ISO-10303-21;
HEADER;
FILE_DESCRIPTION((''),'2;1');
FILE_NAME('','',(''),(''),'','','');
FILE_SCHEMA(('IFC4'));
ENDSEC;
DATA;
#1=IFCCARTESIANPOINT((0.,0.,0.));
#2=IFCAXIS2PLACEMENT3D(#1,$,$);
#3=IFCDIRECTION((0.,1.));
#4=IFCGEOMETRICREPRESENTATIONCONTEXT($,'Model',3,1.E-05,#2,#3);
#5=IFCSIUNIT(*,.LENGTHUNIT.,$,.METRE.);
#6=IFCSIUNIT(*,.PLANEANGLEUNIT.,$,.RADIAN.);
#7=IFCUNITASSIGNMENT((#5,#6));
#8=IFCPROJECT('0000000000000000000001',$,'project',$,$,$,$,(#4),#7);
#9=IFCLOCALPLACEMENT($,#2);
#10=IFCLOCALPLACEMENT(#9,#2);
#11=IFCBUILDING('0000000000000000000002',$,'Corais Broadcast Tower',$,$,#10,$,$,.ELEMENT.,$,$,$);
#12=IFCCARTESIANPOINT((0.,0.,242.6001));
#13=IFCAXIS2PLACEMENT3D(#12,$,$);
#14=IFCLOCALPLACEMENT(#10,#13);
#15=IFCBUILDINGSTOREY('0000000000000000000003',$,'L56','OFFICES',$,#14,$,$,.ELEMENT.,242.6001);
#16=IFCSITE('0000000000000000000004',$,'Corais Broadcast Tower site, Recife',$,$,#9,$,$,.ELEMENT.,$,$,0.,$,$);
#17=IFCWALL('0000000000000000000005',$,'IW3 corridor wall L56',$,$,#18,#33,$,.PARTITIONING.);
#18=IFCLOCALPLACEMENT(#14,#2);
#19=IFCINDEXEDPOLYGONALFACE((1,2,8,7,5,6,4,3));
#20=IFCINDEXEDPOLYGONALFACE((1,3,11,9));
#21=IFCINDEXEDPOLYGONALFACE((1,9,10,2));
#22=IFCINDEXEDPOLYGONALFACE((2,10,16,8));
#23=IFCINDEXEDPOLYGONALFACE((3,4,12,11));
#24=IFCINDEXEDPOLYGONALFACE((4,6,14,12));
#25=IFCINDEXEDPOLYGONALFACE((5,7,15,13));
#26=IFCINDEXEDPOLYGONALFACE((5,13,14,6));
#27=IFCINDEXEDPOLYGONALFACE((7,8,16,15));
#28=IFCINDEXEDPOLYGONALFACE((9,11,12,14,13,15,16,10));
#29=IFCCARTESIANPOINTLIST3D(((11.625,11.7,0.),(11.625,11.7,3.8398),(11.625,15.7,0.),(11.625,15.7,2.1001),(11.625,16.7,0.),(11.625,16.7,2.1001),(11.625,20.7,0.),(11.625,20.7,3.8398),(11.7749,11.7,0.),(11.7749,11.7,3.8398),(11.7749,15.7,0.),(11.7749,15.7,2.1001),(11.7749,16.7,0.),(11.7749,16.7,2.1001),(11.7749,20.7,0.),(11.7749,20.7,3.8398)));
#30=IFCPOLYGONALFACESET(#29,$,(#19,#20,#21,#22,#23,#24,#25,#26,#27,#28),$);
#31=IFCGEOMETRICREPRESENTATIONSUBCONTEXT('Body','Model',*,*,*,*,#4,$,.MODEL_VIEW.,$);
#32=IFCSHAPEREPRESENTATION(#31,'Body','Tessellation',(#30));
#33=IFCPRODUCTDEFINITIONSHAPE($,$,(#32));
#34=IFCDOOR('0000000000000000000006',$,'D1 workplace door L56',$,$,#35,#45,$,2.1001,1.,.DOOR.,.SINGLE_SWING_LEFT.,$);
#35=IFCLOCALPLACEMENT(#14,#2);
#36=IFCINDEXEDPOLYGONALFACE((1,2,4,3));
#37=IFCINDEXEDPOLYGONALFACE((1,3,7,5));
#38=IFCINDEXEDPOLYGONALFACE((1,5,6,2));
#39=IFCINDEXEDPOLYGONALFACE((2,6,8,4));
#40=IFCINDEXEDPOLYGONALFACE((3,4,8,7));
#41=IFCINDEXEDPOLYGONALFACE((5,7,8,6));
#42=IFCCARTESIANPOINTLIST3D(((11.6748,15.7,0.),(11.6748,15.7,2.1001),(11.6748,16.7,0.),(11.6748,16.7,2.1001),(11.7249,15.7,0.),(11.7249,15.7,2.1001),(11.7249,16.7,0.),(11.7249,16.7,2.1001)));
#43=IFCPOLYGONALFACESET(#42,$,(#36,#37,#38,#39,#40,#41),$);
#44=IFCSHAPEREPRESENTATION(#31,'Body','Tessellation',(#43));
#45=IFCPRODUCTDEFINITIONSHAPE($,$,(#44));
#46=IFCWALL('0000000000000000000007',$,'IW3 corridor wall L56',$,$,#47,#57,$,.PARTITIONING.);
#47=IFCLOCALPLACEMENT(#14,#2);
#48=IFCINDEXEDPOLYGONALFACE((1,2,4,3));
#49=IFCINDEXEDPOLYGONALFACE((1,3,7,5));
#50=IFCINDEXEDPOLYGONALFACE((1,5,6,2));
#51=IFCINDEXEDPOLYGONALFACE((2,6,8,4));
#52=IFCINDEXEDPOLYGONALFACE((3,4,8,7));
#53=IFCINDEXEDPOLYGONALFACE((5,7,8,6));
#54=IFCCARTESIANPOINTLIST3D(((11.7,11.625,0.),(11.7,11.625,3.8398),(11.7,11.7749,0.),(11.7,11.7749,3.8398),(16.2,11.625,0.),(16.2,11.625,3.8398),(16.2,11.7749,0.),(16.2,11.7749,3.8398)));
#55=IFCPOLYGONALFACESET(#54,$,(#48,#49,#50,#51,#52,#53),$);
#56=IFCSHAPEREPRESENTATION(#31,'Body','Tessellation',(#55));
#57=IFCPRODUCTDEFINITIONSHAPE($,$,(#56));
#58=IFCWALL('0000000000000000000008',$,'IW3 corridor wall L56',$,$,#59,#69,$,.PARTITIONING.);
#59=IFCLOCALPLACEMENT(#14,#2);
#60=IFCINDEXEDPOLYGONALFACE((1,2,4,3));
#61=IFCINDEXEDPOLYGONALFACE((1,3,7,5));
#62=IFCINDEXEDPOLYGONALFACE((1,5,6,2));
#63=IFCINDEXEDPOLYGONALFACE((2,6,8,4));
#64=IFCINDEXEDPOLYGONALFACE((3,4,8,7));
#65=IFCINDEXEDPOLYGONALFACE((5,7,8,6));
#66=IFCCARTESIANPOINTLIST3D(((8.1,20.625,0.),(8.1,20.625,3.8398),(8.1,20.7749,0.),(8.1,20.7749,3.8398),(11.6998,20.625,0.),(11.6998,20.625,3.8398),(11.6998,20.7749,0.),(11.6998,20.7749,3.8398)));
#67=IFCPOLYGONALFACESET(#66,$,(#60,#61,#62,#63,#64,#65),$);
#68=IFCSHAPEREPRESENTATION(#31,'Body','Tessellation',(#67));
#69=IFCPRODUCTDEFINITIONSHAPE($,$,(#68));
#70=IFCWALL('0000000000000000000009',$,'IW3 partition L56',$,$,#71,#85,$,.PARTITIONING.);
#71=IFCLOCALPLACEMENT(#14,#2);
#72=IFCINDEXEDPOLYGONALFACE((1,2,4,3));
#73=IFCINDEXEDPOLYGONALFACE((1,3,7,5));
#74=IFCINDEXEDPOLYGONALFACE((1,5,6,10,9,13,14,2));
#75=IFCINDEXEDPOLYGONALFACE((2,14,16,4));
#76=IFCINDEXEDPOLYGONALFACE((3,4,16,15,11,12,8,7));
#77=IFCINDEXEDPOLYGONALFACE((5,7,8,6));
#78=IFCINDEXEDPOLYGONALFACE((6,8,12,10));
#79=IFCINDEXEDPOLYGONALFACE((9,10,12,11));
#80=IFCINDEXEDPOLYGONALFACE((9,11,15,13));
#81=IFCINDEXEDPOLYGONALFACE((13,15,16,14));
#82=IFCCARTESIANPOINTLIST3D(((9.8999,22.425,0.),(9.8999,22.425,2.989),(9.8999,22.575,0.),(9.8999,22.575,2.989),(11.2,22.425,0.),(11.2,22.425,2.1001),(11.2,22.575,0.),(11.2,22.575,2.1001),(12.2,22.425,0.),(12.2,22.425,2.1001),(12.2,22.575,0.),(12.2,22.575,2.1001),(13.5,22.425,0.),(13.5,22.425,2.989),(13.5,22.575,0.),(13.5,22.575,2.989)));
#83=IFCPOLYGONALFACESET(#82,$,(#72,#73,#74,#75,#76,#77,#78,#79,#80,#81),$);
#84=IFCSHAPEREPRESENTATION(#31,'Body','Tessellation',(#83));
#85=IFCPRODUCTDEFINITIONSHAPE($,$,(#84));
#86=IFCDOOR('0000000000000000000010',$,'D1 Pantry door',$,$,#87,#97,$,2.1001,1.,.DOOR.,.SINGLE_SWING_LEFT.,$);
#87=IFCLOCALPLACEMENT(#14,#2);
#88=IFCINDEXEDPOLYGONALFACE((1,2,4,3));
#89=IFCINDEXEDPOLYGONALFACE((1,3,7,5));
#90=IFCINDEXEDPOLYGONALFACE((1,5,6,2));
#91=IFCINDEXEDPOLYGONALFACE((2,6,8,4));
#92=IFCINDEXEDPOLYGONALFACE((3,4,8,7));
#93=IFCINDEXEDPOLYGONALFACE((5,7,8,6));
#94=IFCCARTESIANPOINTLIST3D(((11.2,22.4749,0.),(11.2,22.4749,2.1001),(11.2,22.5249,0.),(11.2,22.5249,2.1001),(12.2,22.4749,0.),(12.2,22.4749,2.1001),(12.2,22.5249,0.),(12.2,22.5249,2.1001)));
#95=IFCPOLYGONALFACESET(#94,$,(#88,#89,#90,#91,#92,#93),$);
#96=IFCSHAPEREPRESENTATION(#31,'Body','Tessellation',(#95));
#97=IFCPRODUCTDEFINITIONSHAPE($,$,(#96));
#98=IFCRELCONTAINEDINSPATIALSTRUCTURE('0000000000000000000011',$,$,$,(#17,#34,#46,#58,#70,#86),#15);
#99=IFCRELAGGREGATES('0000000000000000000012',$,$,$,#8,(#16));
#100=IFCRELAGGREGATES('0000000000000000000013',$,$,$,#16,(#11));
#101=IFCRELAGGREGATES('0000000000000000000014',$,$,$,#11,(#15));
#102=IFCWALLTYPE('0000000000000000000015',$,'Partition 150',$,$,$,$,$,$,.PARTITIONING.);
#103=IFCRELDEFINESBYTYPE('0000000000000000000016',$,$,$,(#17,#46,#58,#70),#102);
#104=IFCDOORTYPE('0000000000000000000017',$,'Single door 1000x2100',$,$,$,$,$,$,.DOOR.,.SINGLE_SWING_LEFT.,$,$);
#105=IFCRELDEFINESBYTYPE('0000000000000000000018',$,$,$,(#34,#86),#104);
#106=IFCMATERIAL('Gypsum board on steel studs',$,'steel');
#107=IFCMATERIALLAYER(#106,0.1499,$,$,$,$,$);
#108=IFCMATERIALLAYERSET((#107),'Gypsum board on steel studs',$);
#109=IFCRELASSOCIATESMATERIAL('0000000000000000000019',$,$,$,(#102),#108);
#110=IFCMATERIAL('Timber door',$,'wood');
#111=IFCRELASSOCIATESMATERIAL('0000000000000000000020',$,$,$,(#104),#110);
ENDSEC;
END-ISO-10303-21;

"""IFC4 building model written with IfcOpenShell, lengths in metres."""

from ifc_helpers import new_model, si_unit, direction, frame, frame_2d, origin, place, context, subcontext, project, spatial, rectangle, extrude, material, layer, layer_set, type_object, element, fill, save


model = new_model("IFC4")

# Units and contexts
model_context = context("Model", 3, precision=1e-05, world=origin(), true_north=direction((0.0, 1.0)))
body_context = subcontext(model_context, "Body", "Model", "MODEL_VIEW")
ifc_project = project(units=[si_unit("LENGTHUNIT", "METRE"), si_unit("PLANEANGLEUNIT", "RADIAN")], contexts=[model_context])

# Site, building, storey
site_placement = place(None, origin())
site = spatial("IfcSite", under=ifc_project, at=site_placement, Name="Corais Broadcast Tower site, Recife", CompositionType="ELEMENT", RefElevation=0.0)
building_placement = place(site_placement, origin())
building = spatial("IfcBuilding", under=site, at=building_placement, Name="Corais Broadcast Tower", CompositionType="ELEMENT")
storey_placement = place(building_placement, frame((0.0, 0.0, 242.6001)))
storey = spatial("IfcBuildingStorey", under=building, at=storey_placement, Name="L56", Description="OFFICES", CompositionType="ELEMENT", Elevation=242.6001)

# Wall, opening, door
ifc_material_1 = material(Name="Gypsum board on steel studs", Category="steel")
ifc_layer_1 = layer(ifc_material_1, 0.1499)
ifc_layer_set_1 = layer_set([ifc_layer_1], Name="Gypsum board on steel studs")
wall_type_1 = type_object("IfcWallType", Name="Partition 150", PredefinedType="PARTITIONING", material=ifc_layer_set_1)
wall_1_placement = place(storey_placement, frame((11.7, 20.7, 0.0), z_axis=(0.0, 0.0, 1.0), x_axis=(0.0, -1.0, 0.0)))
wall_1 = element("IfcWall", 1, at=wall_1_placement, inside=storey, type_object=wall_type_1, Name="IW3 corridor wall L56", PredefinedType="PARTITIONING", context=body_context, shape_type="SweptSolid", body=[
    extrude(rectangle(XDim=9.0, YDim=0.1499, at=frame_2d((4.5, 0.0))), origin(), (0.0, 0.0, 1.0), 3.8398),
])
opening_1_placement = place(wall_1_placement, frame((4.0, 0.0, 0.0)))
opening_1 = element("IfcOpeningElement", 2, at=opening_1_placement, cuts=wall_1, PredefinedType="OPENING", context=body_context, shape_type="SweptSolid", body=[
    extrude(rectangle(XDim=1.0, YDim=2.1001, at=frame_2d((0.5, 1.05))), frame((0.0, 0.085, 0.0), z_axis=(0.0, -1.0, 0.0), x_axis=(1.0, 0.0, 0.0)), (0.0, 0.0, 1.0), 0.1699),
])
ifc_material_2 = material(Name="Timber door", Category="wood")
door_type_1 = type_object("IfcDoorType", Name="Single door 1000x2100", OperationType="SINGLE_SWING_LEFT", PredefinedType="DOOR", material=ifc_material_2)
door_1_placement = place(opening_1_placement, origin())
door_1 = element("IfcDoor", 3, at=door_1_placement, inside=storey, type_object=door_type_1, Name="D1 workplace door L56", OperationType="SINGLE_SWING_LEFT", OverallHeight=2.1001, OverallWidth=1.0, PredefinedType="DOOR", context=body_context, shape_type="SweptSolid", body=[
    extrude(rectangle(XDim=1.0, YDim=2.1001, at=frame_2d((0.5, 1.05))), frame((0.0, 0.0249, 0.0), z_axis=(0.0, -1.0, 0.0), x_axis=(1.0, 0.0, 0.0)), (0.0, 0.0, 1.0), 0.05),
])
fill(opening_1, door_1)

# Walls
wall_2_placement = place(storey_placement, frame((11.7, 11.7, 0.0), z_axis=(0.0, 0.0, 1.0), x_axis=(1.0, 0.0, 0.0)))
element("IfcWall", 4, at=wall_2_placement, inside=storey, type_object=wall_type_1, Name="IW3 corridor wall L56", PredefinedType="PARTITIONING", context=body_context, shape_type="SweptSolid", body=[
    extrude(rectangle(XDim=4.5, YDim=0.1499, at=frame_2d((2.25, 0.0))), origin(), (0.0, 0.0, 1.0), 3.8398),
])
wall_3_placement = place(storey_placement, frame((8.1001, 20.7, 0.0), z_axis=(0.0, 0.0, 1.0), x_axis=(1.0, 0.0, 0.0)))
element("IfcWall", 5, at=wall_3_placement, inside=storey, type_object=wall_type_1, Name="IW3 corridor wall L56", PredefinedType="PARTITIONING", context=body_context, shape_type="SweptSolid", body=[
    extrude(rectangle(XDim=3.5999, YDim=0.1499, at=frame_2d((1.7998, 0.0))), origin(), (0.0, 0.0, 1.0), 3.8398),
])

# Wall, opening, door
wall_4_placement = place(storey_placement, frame((9.8999, 22.5, 0.0), z_axis=(0.0, 0.0, 1.0), x_axis=(1.0, 0.0, 0.0)))
wall_4 = element("IfcWall", 6, at=wall_4_placement, inside=storey, type_object=wall_type_1, Name="IW3 partition L56", PredefinedType="PARTITIONING", context=body_context, shape_type="SweptSolid", body=[
    extrude(rectangle(XDim=3.6001, YDim=0.1499, at=frame_2d((1.8, 0.0))), origin(), (0.0, 0.0, 1.0), 2.989),
])
opening_2_placement = place(wall_4_placement, frame((1.3, 0.0, 0.0)))
opening_2 = element("IfcOpeningElement", 7, at=opening_2_placement, cuts=wall_4, PredefinedType="OPENING", context=body_context, shape_type="SweptSolid", body=[
    extrude(rectangle(XDim=1.0, YDim=2.1001, at=frame_2d((0.5, 1.05))), frame((0.0, 0.085, 0.0), z_axis=(0.0, -1.0, 0.0), x_axis=(1.0, 0.0, 0.0)), (0.0, 0.0, 1.0), 0.1699),
])
door_2_placement = place(opening_2_placement, origin())
door_2 = element("IfcDoor", 8, at=door_2_placement, inside=storey, type_object=door_type_1, Name="D1 Pantry door", OperationType="SINGLE_SWING_LEFT", OverallHeight=2.1001, OverallWidth=1.0, PredefinedType="DOOR", context=body_context, shape_type="SweptSolid", body=[
    extrude(rectangle(XDim=1.0, YDim=2.1001, at=frame_2d((0.5, 1.05))), frame((0.0, 0.0249, 0.0), z_axis=(0.0, -1.0, 0.0), x_axis=(1.0, 0.0, 0.0)), (0.0, 0.0, 1.0), 0.05),
])
fill(opening_2, door_2)

save(model, "model.ifc")
